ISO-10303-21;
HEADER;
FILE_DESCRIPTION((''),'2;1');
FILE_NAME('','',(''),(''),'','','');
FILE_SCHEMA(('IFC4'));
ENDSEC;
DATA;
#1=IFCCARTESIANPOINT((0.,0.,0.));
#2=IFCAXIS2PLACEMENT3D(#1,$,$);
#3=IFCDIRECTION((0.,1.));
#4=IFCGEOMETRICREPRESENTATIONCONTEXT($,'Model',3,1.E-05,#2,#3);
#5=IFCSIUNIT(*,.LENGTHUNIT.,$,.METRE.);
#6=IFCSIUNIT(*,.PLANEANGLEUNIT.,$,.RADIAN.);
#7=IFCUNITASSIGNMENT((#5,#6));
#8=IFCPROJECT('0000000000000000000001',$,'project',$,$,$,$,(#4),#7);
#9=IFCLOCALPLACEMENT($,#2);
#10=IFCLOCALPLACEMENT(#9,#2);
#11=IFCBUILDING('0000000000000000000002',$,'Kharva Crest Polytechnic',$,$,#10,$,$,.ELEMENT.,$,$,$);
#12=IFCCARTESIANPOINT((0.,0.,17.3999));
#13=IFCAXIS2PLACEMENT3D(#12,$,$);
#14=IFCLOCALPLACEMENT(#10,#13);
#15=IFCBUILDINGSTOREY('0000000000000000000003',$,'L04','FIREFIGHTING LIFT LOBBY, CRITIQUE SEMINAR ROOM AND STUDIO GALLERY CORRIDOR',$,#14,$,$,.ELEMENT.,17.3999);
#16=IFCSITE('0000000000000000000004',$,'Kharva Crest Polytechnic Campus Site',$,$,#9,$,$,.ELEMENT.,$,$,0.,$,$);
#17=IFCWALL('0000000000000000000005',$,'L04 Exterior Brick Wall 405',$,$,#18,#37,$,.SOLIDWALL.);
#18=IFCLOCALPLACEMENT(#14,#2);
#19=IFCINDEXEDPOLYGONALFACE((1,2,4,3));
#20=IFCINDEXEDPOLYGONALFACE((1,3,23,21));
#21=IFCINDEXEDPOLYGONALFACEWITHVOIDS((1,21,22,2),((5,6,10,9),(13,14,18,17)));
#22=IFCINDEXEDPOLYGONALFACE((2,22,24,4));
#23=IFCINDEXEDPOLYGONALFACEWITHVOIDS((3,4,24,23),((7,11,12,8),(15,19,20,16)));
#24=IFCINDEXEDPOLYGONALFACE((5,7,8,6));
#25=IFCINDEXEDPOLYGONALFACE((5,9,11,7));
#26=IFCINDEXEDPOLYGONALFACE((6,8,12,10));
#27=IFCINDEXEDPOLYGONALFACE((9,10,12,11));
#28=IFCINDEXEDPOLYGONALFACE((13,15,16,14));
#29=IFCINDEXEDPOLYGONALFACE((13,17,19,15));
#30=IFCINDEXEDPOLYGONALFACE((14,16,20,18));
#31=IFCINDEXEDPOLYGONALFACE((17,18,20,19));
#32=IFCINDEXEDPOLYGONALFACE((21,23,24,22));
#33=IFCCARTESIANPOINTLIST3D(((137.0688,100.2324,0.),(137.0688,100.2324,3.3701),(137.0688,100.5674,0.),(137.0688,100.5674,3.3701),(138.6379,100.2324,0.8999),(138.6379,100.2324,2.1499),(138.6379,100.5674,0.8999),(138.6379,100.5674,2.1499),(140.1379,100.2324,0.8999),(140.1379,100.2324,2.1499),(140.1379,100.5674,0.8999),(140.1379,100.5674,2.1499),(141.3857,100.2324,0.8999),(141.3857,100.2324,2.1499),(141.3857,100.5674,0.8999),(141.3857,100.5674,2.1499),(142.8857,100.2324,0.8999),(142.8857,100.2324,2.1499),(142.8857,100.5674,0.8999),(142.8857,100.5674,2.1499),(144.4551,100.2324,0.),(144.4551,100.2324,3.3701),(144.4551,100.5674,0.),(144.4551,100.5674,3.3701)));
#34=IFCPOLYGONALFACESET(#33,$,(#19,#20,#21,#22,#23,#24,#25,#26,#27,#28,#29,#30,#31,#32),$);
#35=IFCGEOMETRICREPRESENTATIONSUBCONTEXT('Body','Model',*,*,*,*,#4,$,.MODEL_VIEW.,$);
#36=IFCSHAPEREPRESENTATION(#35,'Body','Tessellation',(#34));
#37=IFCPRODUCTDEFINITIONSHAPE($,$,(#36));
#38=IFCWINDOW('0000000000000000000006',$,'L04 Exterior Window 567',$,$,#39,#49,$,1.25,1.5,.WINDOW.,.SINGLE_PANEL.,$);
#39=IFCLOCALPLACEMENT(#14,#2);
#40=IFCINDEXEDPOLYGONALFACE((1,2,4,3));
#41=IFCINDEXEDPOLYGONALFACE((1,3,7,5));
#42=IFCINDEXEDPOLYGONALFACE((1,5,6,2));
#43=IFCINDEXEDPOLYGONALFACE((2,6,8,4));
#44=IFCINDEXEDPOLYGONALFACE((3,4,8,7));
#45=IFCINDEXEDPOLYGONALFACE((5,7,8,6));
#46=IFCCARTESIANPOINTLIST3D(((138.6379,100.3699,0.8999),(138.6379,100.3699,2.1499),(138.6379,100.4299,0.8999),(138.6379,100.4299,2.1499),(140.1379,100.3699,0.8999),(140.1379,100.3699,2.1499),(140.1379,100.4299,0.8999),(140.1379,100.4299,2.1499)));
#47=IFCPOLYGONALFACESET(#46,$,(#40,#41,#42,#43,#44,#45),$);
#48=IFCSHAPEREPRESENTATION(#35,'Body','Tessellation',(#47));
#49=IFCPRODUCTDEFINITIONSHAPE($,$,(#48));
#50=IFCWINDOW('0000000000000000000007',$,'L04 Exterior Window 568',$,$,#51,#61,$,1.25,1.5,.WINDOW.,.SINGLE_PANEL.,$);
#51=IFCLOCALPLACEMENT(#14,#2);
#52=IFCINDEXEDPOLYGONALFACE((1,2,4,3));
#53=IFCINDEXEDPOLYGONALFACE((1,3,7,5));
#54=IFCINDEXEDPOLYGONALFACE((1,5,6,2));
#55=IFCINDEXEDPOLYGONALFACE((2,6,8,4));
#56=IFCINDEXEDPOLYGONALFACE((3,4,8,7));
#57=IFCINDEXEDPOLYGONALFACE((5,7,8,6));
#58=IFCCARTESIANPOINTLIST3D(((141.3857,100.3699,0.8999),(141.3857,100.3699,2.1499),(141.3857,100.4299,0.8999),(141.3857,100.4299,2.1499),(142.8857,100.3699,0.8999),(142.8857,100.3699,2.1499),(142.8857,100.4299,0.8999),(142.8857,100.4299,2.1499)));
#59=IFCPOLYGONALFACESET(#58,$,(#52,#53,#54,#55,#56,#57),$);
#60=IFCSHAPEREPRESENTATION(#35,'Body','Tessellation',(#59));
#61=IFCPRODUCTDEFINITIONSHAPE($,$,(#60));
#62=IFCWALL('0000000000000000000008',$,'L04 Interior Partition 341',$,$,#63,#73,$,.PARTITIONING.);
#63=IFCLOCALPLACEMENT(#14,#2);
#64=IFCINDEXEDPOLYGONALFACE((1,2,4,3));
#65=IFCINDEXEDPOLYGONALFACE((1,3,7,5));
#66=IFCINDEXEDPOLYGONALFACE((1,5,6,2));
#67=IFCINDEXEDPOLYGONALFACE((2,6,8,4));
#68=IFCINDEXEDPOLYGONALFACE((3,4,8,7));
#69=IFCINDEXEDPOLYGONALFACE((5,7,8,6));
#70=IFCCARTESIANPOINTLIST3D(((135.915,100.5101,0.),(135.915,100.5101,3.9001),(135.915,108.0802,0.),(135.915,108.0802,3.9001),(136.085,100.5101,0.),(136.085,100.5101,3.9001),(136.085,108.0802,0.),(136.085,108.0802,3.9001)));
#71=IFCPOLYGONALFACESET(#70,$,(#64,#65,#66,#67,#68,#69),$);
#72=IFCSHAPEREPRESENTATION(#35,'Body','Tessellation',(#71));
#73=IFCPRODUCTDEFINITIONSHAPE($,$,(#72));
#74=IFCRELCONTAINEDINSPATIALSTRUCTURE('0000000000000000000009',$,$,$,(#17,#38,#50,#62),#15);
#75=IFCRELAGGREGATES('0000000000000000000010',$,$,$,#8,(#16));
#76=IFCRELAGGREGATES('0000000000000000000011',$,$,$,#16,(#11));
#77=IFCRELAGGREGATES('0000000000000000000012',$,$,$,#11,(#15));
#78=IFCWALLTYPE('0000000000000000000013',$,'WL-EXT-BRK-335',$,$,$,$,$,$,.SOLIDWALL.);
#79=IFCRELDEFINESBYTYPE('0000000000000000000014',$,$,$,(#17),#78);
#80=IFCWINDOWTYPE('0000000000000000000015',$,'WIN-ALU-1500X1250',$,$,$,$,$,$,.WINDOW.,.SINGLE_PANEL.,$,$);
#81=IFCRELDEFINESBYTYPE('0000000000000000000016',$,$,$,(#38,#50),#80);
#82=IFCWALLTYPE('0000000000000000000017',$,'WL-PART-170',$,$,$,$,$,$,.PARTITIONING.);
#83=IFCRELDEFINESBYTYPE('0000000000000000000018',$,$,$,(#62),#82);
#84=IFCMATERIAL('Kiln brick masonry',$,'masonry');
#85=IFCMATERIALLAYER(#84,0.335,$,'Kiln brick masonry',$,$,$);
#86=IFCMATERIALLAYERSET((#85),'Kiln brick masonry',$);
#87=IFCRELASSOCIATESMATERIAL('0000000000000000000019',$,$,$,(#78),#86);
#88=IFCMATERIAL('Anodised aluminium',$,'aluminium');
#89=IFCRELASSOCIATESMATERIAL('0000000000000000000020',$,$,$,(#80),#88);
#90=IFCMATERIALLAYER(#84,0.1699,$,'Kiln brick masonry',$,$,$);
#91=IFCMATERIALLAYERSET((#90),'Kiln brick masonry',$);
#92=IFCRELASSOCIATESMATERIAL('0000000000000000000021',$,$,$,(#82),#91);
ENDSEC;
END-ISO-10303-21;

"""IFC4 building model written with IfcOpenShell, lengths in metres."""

from ifc_helpers import new_model, si_unit, direction, frame, frame_2d, origin, place, context, subcontext, project, spatial, rectangle, extrude, material, layer, layer_set, type_object, element, fill, save


model = new_model("IFC4")

# Units and contexts
model_context = context("Model", 3, precision=1e-05, world=origin(), true_north=direction((0.0, 1.0)))
body_context = subcontext(model_context, "Body", "Model", "MODEL_VIEW")
ifc_project = project(units=[si_unit("LENGTHUNIT", "METRE"), si_unit("PLANEANGLEUNIT", "RADIAN")], contexts=[model_context])

# Site, building, storey
site_placement = place(None, origin())
site = spatial("IfcSite", under=ifc_project, at=site_placement, Name="Kharva Crest Polytechnic Campus Site", CompositionType="ELEMENT", RefElevation=0.0)
building_placement = place(site_placement, origin())
building = spatial("IfcBuilding", under=site, at=building_placement, Name="Kharva Crest Polytechnic", CompositionType="ELEMENT")
storey_placement = place(building_placement, frame((0.0, 0.0, 17.3999)))
storey = spatial("IfcBuildingStorey", under=building, at=storey_placement, Name="L04", Description="FIREFIGHTING LIFT LOBBY, CRITIQUE SEMINAR ROOM AND STUDIO GALLERY CORRIDOR", CompositionType="ELEMENT", Elevation=17.3999)

# Wall, openings, windows
ifc_material_1 = material(Name="Kiln brick masonry", Category="masonry")
ifc_material_2 = material(Name="Anodised aluminium", Category="aluminium")
ifc_layer_1 = layer(ifc_material_1, 0.335, Name="Kiln brick masonry")
ifc_layer_set_1 = layer_set([ifc_layer_1], Name="Kiln brick masonry")
wall_type_1 = type_object("IfcWallType", Name="WL-EXT-BRK-335", PredefinedType="SOLIDWALL", material=ifc_layer_set_1)
wall_1_placement = place(storey_placement, frame((137.0688, 100.3999, 0.0), z_axis=(0.0, 0.0, 1.0), x_axis=(1.0, 0.0, 0.0)))
wall_1 = element("IfcWall", 1, at=wall_1_placement, inside=storey, type_object=wall_type_1, Name="L04 Exterior Brick Wall 405", PredefinedType="SOLIDWALL", context=body_context, shape_type="SweptSolid", body=[
    extrude(rectangle(XDim=7.3862, YDim=0.335, at=frame_2d((3.6931, 0.0))), origin(), (0.0, 0.0, 1.0), 3.3701),
])
opening_1_placement = place(wall_1_placement, frame((1.5691, 0.0, 0.8999)))
opening_1 = element("IfcOpeningElement", 2, at=opening_1_placement, cuts=wall_1, PredefinedType="OPENING", context=body_context, shape_type="SweptSolid", body=[
    extrude(rectangle(XDim=1.5, YDim=1.25, at=frame_2d((0.75, 0.625))), frame((0.0, 0.1775, 0.0), z_axis=(0.0, -1.0, 0.0), x_axis=(1.0, 0.0, 0.0)), (0.0, 0.0, 1.0), 0.355),
])
opening_2_placement = place(wall_1_placement, frame((4.3169, 0.0, 0.8999)))
opening_2 = element("IfcOpeningElement", 3, at=opening_2_placement, cuts=wall_1, PredefinedType="OPENING", context=body_context, shape_type="SweptSolid", body=[
    extrude(rectangle(XDim=1.5, YDim=1.25, at=frame_2d((0.75, 0.625))), frame((0.0, 0.1775, 0.0), z_axis=(0.0, -1.0, 0.0), x_axis=(1.0, 0.0, 0.0)), (0.0, 0.0, 1.0), 0.355),
])
window_type_1 = type_object("IfcWindowType", Name="WIN-ALU-1500X1250", PartitioningType="SINGLE_PANEL", PredefinedType="WINDOW", material=ifc_material_2)
window_1_placement = place(opening_1_placement, origin())
window_1 = element("IfcWindow", 4, at=window_1_placement, inside=storey, type_object=window_type_1, Name="L04 Exterior Window 567", OverallHeight=1.25, OverallWidth=1.5, PartitioningType="SINGLE_PANEL", PredefinedType="WINDOW", context=body_context, shape_type="SweptSolid", body=[
    extrude(rectangle(XDim=1.5, YDim=1.25, at=frame_2d((0.75, 0.625))), frame((0.0, 0.03, 0.0), z_axis=(0.0, -1.0, 0.0), x_axis=(1.0, 0.0, 0.0)), (0.0, 0.0, 1.0), 0.0601),
])
fill(opening_1, window_1)
window_2_placement = place(opening_2_placement, origin())
window_2 = element("IfcWindow", 5, at=window_2_placement, inside=storey, type_object=window_type_1, Name="L04 Exterior Window 568", OverallHeight=1.25, OverallWidth=1.5, PartitioningType="SINGLE_PANEL", PredefinedType="WINDOW", context=body_context, shape_type="SweptSolid", body=[
    extrude(rectangle(XDim=1.5, YDim=1.25, at=frame_2d((0.75, 0.625))), frame((0.0, 0.03, 0.0), z_axis=(0.0, -1.0, 0.0), x_axis=(1.0, 0.0, 0.0)), (0.0, 0.0, 1.0), 0.0601),
])
fill(opening_2, window_2)

# Wall
ifc_layer_2 = layer(ifc_material_1, 0.1699, Name="Kiln brick masonry")
ifc_layer_set_2 = layer_set([ifc_layer_2], Name="Kiln brick masonry")
wall_type_2 = type_object("IfcWallType", Name="WL-PART-170", PredefinedType="PARTITIONING", material=ifc_layer_set_2)
wall_2_placement = place(storey_placement, frame((136.0, 100.51, 0.0), z_axis=(0.0, 0.0, 1.0), x_axis=(0.0, 1.0, 0.0)))
element("IfcWall", 6, at=wall_2_placement, inside=storey, type_object=wall_type_2, Name="L04 Interior Partition 341", PredefinedType="PARTITIONING", context=body_context, shape_type="SweptSolid", body=[
    extrude(rectangle(XDim=7.5701, YDim=0.1699, at=frame_2d((3.7852, 0.0))), origin(), (0.0, 0.0, 1.0), 3.9001),
])

save(model, "model.ifc")
